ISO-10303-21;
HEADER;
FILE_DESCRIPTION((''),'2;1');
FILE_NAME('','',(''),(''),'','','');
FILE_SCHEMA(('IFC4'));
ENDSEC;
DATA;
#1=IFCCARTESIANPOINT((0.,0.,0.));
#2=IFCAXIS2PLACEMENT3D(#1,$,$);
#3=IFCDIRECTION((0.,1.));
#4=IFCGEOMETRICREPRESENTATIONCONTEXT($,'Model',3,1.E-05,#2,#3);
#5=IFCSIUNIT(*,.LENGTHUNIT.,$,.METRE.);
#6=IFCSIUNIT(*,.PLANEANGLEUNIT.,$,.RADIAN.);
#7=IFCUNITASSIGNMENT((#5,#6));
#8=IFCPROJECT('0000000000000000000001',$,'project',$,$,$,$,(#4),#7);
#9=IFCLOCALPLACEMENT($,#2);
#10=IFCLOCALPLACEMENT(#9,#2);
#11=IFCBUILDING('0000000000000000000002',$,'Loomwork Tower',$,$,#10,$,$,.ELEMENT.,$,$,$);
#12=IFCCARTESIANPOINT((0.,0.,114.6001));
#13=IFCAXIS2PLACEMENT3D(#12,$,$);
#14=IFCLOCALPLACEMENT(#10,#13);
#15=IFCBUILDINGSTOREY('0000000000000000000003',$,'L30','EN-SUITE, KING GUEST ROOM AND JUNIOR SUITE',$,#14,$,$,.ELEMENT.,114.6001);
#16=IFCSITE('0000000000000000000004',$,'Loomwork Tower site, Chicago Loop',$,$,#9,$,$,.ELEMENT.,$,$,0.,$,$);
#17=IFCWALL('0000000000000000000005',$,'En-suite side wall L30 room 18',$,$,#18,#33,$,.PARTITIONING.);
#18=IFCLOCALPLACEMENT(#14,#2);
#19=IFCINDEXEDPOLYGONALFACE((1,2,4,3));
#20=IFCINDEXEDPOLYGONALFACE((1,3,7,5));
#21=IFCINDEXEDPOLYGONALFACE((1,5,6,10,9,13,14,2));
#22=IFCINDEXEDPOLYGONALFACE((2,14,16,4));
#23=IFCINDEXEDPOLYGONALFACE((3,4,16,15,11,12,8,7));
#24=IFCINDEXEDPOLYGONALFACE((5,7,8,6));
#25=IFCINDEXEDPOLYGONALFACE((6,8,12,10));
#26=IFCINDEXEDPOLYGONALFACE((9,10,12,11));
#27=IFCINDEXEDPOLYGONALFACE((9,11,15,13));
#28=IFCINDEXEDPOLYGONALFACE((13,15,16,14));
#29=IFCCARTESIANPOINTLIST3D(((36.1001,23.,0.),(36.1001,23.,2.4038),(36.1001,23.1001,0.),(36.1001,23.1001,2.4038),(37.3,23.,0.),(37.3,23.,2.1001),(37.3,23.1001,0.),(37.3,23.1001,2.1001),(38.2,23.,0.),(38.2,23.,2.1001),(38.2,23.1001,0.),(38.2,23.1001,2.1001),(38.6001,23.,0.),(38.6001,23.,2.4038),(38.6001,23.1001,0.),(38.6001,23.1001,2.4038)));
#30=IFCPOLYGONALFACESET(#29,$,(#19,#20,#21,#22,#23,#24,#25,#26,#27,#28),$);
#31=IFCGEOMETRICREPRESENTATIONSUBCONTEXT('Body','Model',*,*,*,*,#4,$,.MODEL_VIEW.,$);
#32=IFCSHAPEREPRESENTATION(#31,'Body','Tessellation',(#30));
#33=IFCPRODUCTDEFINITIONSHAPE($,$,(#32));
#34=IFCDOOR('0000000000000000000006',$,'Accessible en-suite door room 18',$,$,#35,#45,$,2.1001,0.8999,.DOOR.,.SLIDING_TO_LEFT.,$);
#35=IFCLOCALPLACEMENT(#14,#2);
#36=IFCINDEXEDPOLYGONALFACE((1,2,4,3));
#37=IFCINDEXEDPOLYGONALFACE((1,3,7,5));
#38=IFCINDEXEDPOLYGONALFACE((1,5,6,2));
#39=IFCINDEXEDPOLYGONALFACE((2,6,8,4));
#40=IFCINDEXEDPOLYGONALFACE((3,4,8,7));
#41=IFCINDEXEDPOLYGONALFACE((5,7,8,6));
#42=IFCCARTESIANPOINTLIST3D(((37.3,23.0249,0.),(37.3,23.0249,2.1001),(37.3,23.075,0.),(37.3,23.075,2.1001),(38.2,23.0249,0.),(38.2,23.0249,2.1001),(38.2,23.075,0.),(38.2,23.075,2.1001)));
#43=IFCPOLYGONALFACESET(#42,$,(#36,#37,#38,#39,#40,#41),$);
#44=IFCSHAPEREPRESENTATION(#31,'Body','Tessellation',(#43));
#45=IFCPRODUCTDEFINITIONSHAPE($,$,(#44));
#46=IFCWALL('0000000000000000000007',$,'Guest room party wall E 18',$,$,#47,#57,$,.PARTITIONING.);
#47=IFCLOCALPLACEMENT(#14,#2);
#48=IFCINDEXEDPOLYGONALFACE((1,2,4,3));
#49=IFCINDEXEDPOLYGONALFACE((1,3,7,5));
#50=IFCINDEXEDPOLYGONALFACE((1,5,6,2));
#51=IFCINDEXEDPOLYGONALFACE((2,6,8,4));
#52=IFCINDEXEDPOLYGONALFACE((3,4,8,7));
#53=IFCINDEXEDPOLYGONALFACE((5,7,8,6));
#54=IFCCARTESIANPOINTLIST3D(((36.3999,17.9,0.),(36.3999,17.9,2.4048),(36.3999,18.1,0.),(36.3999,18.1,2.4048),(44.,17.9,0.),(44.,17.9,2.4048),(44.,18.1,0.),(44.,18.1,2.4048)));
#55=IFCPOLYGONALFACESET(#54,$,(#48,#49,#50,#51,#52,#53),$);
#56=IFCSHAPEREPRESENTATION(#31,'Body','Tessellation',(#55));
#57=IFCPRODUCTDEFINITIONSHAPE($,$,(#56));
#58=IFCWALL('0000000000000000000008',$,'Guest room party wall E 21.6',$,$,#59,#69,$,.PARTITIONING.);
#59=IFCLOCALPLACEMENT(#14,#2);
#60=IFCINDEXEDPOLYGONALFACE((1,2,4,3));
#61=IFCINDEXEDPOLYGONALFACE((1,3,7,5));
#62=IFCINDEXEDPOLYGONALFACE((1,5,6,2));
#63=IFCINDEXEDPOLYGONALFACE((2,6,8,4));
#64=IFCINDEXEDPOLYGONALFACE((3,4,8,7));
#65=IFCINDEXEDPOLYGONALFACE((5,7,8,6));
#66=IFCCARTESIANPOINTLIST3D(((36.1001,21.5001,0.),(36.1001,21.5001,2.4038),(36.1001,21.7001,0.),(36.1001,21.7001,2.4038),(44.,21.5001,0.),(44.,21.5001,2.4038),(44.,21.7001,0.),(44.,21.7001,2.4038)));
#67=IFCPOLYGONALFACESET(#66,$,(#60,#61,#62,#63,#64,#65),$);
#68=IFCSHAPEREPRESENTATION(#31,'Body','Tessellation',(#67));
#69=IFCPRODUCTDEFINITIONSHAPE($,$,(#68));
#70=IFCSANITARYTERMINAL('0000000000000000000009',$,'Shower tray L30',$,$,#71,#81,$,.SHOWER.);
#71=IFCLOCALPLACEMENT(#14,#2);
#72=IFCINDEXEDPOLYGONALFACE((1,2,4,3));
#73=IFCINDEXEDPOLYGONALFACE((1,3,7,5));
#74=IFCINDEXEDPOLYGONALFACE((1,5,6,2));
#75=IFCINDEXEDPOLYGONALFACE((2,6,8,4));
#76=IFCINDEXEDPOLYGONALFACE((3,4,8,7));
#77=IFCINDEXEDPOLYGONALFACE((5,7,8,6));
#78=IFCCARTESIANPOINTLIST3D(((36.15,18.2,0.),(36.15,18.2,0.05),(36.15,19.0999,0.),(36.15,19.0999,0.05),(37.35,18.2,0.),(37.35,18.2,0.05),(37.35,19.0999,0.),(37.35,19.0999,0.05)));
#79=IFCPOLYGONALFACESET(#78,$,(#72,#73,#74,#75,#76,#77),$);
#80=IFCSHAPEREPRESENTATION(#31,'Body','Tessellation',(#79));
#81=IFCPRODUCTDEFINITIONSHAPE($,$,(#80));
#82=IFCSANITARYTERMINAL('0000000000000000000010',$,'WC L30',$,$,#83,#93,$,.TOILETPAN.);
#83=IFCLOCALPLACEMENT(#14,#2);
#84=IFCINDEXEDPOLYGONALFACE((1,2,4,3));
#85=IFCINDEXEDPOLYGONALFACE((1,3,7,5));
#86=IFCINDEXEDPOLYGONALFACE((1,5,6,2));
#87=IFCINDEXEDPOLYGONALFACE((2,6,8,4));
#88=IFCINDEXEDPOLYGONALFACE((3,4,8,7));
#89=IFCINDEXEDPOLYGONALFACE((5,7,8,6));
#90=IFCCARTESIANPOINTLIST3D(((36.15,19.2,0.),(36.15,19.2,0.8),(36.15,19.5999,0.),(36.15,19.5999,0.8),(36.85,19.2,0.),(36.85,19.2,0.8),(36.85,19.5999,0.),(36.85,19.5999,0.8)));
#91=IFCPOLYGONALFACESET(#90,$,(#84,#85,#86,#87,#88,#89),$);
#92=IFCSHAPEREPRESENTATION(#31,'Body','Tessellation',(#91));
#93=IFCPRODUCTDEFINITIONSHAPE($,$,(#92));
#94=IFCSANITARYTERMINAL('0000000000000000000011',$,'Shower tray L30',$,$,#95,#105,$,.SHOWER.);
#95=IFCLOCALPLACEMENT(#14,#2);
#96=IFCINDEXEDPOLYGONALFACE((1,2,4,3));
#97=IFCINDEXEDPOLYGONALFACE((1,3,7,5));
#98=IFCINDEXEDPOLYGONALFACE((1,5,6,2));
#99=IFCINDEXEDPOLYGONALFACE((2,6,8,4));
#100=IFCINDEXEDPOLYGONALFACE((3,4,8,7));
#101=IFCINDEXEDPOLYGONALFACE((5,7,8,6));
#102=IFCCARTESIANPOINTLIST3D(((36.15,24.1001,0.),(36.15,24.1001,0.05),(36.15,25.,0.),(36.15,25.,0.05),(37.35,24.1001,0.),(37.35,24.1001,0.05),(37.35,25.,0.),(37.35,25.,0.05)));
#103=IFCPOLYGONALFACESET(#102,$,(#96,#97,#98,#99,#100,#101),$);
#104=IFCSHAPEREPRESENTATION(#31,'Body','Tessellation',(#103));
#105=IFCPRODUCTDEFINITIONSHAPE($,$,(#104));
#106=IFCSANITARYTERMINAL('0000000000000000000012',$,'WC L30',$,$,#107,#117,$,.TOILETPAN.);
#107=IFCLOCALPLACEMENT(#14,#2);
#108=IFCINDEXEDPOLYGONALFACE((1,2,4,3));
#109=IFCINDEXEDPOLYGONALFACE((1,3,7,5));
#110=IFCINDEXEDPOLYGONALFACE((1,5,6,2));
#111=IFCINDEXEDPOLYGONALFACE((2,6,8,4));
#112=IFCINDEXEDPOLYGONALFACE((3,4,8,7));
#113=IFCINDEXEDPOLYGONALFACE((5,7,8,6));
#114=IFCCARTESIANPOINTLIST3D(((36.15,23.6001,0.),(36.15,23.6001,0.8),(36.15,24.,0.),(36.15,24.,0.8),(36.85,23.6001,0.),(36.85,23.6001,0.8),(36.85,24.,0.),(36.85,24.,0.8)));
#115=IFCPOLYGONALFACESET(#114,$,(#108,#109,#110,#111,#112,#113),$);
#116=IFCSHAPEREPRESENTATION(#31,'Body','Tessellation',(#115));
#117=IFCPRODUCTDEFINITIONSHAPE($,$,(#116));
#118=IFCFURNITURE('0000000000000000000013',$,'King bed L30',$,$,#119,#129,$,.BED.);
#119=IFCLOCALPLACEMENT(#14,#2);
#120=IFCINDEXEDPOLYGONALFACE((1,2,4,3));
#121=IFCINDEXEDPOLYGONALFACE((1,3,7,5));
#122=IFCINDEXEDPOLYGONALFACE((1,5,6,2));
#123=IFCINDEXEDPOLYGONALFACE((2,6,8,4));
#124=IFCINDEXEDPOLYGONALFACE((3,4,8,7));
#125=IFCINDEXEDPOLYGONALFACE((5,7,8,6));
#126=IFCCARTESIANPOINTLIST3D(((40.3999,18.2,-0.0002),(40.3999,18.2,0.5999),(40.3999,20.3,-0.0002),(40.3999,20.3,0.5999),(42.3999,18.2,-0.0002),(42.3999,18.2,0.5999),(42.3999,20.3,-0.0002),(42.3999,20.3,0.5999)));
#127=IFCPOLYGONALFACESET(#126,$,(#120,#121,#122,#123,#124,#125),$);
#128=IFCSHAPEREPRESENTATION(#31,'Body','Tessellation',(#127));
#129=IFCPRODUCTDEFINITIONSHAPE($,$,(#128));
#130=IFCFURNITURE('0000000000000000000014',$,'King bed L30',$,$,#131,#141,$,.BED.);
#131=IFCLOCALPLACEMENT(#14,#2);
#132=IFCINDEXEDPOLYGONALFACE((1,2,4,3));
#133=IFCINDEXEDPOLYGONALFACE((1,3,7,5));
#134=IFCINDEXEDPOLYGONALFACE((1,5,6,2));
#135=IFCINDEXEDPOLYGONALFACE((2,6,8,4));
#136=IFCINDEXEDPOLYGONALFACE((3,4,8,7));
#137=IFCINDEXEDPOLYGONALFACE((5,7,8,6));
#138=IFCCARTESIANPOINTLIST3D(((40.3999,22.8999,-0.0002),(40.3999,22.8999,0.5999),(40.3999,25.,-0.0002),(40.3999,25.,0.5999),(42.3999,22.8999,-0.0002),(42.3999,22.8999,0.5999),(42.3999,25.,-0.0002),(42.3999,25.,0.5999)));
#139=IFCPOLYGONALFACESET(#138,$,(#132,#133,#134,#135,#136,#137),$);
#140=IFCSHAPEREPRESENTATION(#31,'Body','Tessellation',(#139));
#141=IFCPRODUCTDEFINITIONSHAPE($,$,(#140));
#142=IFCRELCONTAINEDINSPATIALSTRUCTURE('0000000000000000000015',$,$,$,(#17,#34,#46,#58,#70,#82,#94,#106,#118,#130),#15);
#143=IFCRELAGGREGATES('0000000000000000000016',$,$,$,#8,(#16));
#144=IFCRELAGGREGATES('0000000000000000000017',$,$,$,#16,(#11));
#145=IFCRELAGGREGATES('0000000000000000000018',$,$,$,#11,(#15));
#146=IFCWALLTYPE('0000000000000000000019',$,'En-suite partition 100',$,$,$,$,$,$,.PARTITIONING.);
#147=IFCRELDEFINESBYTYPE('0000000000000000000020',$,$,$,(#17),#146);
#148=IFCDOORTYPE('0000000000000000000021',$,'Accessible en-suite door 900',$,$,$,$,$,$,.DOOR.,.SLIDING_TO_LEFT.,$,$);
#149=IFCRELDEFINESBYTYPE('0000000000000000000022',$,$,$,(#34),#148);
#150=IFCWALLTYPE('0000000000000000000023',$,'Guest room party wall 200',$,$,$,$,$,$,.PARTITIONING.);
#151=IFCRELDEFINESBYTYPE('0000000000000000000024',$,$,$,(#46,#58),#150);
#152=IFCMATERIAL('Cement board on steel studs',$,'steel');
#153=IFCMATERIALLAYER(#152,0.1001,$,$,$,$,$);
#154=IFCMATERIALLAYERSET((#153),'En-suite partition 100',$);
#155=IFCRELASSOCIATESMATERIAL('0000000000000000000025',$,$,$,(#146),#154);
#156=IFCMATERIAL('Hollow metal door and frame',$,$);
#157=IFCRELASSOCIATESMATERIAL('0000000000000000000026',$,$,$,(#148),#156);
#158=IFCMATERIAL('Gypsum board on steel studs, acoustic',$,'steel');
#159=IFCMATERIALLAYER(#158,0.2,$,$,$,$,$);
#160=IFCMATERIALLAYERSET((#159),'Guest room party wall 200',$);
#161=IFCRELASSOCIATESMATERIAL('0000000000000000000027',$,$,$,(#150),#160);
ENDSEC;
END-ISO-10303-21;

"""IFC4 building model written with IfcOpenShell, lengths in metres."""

from ifc_helpers import new_model, si_unit, direction, frame, frame_2d, origin, origin_2d, place, context, subcontext, project, spatial, rectangle, extrude, material, layer, layer_set, type_object, element, fill, save


model = new_model("IFC4")

# Units and contexts
model_context = context("Model", 3, precision=1e-05, world=origin(), true_north=direction((0.0, 1.0)))
body_context = subcontext(model_context, "Body", "Model", "MODEL_VIEW")
ifc_project = project(units=[si_unit("LENGTHUNIT", "METRE"), si_unit("PLANEANGLEUNIT", "RADIAN")], contexts=[model_context])

# Site, building, storey
site_placement = place(None, origin())
site = spatial("IfcSite", under=ifc_project, at=site_placement, Name="Loomwork Tower site, Chicago Loop", CompositionType="ELEMENT", RefElevation=0.0)
building_placement = place(site_placement, origin())
building = spatial("IfcBuilding", under=site, at=building_placement, Name="Loomwork Tower", CompositionType="ELEMENT")
storey_placement = place(building_placement, frame((0.0, 0.0, 114.6001)))
storey = spatial("IfcBuildingStorey", under=building, at=storey_placement, Name="L30", Description="EN-SUITE, KING GUEST ROOM AND JUNIOR SUITE", CompositionType="ELEMENT", Elevation=114.6001)

# Shared definitions
ifc_material_1 = material(Name="Cement board on steel studs", Category="steel")
ifc_layer_1 = layer(ifc_material_1, 0.1001)
ifc_layer_set_1 = layer_set([ifc_layer_1], Name="En-suite partition 100")
wall_type_1 = type_object("IfcWallType", Name="En-suite partition 100", PredefinedType="PARTITIONING", material=ifc_layer_set_1)

# Wall, opening, door
wall_1_placement = place(storey_placement, frame((36.1001, 23.05, 0.0), z_axis=(0.0, 0.0, 1.0), x_axis=(1.0, 0.0, 0.0)))
wall_1 = element("IfcWall", 1, at=wall_1_placement, inside=storey, type_object=wall_type_1, Name="En-suite side wall L30 room 18", PredefinedType="PARTITIONING", context=body_context, shape_type="SweptSolid", body=[
    extrude(rectangle(XDim=2.5, YDim=0.1001, at=frame_2d((1.25, 0.0))), origin(), (0.0, 0.0, 1.0), 2.4038),
])
opening_1_placement = place(wall_1_placement, frame((1.2, 0.0, 0.0)))
opening_1 = element("IfcOpeningElement", 2, at=opening_1_placement, cuts=wall_1, PredefinedType="OPENING", context=body_context, shape_type="SweptSolid", body=[
    extrude(rectangle(XDim=0.8999, YDim=2.1001, at=frame_2d((0.45, 1.05))), frame((0.0, 0.0601, 0.0), z_axis=(0.0, -1.0, 0.0), x_axis=(1.0, 0.0, 0.0)), (0.0, 0.0, 1.0), 0.1201),
])
ifc_material_2 = material(Name="Hollow metal door and frame")
door_type_1 = type_object("IfcDoorType", Name="Accessible en-suite door 900", OperationType="SLIDING_TO_LEFT", PredefinedType="DOOR", material=ifc_material_2)
door_1_placement = place(opening_1_placement, origin())
door_1 = element("IfcDoor", 3, at=door_1_placement, inside=storey, type_object=door_type_1, Name="Accessible en-suite door room 18", OperationType="SLIDING_TO_LEFT", OverallHeight=2.1001, OverallWidth=0.8999, PredefinedType="DOOR", context=body_context, shape_type="SweptSolid", body=[
    extrude(rectangle(XDim=0.8999, YDim=2.1001, at=frame_2d((0.45, 1.05))), frame((0.0, 0.0249, 0.0), z_axis=(0.0, -1.0, 0.0), x_axis=(1.0, 0.0, 0.0)), (0.0, 0.0, 1.0), 0.05),
])
fill(opening_1, door_1)

# Walls
ifc_material_3 = material(Name="Gypsum board on steel studs, acoustic", Category="steel")
ifc_layer_2 = layer(ifc_material_3, 0.2)
ifc_layer_set_2 = layer_set([ifc_layer_2], Name="Guest room party wall 200")
wall_type_2 = type_object("IfcWallType", Name="Guest room party wall 200", PredefinedType="PARTITIONING", material=ifc_layer_set_2)
wall_2_placement = place(storey_placement, frame((36.3999, 18.0, 0.0), z_axis=(0.0, 0.0, 1.0), x_axis=(1.0, 0.0, 0.0)))
element("IfcWall", 4, at=wall_2_placement, inside=storey, type_object=wall_type_2, Name="Guest room party wall E 18", PredefinedType="PARTITIONING", context=body_context, shape_type="SweptSolid", body=[
    extrude(rectangle(XDim=7.6001, YDim=0.2, at=frame_2d((3.8, 0.0))), origin(), (0.0, 0.0, 1.0), 2.4048),
])
wall_3_placement = place(storey_placement, frame((36.1001, 21.6001, 0.0), z_axis=(0.0, 0.0, 1.0), x_axis=(1.0, 0.0, 0.0)))
element("IfcWall", 5, at=wall_3_placement, inside=storey, type_object=wall_type_2, Name="Guest room party wall E 21.6", PredefinedType="PARTITIONING", context=body_context, shape_type="SweptSolid", body=[
    extrude(rectangle(XDim=7.8999, YDim=0.2, at=frame_2d((3.95, 0.0))), origin(), (0.0, 0.0, 1.0), 2.4038),
])

# Sanitary terminals
sanitary_terminal_1_placement = place(storey_placement, frame((36.75, 18.6499, 0.0), z_axis=(0.0, 0.0, 1.0), x_axis=(1.0, 0.0, 0.0)))
element("IfcSanitaryTerminal", 6, at=sanitary_terminal_1_placement, inside=storey, Name="Shower tray L30", PredefinedType="SHOWER", context=body_context, shape_type="SweptSolid", body=[
    extrude(rectangle(XDim=1.2, YDim=0.8999, at=origin_2d()), origin(), (0.0, 0.0, 1.0), 0.05),
])
sanitary_terminal_2_placement = place(storey_placement, frame((36.5, 19.3999, 0.0), z_axis=(0.0, 0.0, 1.0), x_axis=(1.0, 0.0, 0.0)))
element("IfcSanitaryTerminal", 7, at=sanitary_terminal_2_placement, inside=storey, Name="WC L30", PredefinedType="TOILETPAN", context=body_context, shape_type="SweptSolid", body=[
    extrude(rectangle(XDim=0.7, YDim=0.3999, at=origin_2d()), origin(), (0.0, 0.0, 1.0), 0.8),
])
sanitary_terminal_3_placement = place(storey_placement, frame((36.75, 24.55, 0.0), z_axis=(0.0, 0.0, 1.0), x_axis=(1.0, 0.0, 0.0)))
element("IfcSanitaryTerminal", 8, at=sanitary_terminal_3_placement, inside=storey, Name="Shower tray L30", PredefinedType="SHOWER", context=body_context, shape_type="SweptSolid", body=[
    extrude(rectangle(XDim=1.2, YDim=0.8999, at=origin_2d()), origin(), (0.0, 0.0, 1.0), 0.05),
])
sanitary_terminal_4_placement = place(storey_placement, frame((36.5, 23.8, 0.0), z_axis=(0.0, 0.0, 1.0), x_axis=(1.0, 0.0, 0.0)))
element("IfcSanitaryTerminal", 9, at=sanitary_terminal_4_placement, inside=storey, Name="WC L30", PredefinedType="TOILETPAN", context=body_context, shape_type="SweptSolid", body=[
    extrude(rectangle(XDim=0.7, YDim=0.3999, at=origin_2d()), origin(), (0.0, 0.0, 1.0), 0.8),
])

# Furniture
for number, where, z_axis, x_axis, name in (
    (10, (41.3999, 19.25, -0.0002), (0.0, 0.0, 1.0), (1.0, 0.0, 0.0), "King bed L30"),
    (11, (41.3999, 23.95, -0.0002), (0.0, 0.0, 1.0), (1.0, 0.0, 0.0), "King bed L30"),
):
    element("IfcFurniture", number, at=place(storey_placement, frame(where, z_axis=z_axis, x_axis=x_axis)), inside=storey, Name=name, PredefinedType="BED", context=body_context, shape_type="SweptSolid", body=[
        extrude(rectangle(XDim=2.0, YDim=2.1001, at=origin_2d()), origin(), (0.0, 0.0, 1.0), 0.6001),
    ])

save(model, "model.ifc")
